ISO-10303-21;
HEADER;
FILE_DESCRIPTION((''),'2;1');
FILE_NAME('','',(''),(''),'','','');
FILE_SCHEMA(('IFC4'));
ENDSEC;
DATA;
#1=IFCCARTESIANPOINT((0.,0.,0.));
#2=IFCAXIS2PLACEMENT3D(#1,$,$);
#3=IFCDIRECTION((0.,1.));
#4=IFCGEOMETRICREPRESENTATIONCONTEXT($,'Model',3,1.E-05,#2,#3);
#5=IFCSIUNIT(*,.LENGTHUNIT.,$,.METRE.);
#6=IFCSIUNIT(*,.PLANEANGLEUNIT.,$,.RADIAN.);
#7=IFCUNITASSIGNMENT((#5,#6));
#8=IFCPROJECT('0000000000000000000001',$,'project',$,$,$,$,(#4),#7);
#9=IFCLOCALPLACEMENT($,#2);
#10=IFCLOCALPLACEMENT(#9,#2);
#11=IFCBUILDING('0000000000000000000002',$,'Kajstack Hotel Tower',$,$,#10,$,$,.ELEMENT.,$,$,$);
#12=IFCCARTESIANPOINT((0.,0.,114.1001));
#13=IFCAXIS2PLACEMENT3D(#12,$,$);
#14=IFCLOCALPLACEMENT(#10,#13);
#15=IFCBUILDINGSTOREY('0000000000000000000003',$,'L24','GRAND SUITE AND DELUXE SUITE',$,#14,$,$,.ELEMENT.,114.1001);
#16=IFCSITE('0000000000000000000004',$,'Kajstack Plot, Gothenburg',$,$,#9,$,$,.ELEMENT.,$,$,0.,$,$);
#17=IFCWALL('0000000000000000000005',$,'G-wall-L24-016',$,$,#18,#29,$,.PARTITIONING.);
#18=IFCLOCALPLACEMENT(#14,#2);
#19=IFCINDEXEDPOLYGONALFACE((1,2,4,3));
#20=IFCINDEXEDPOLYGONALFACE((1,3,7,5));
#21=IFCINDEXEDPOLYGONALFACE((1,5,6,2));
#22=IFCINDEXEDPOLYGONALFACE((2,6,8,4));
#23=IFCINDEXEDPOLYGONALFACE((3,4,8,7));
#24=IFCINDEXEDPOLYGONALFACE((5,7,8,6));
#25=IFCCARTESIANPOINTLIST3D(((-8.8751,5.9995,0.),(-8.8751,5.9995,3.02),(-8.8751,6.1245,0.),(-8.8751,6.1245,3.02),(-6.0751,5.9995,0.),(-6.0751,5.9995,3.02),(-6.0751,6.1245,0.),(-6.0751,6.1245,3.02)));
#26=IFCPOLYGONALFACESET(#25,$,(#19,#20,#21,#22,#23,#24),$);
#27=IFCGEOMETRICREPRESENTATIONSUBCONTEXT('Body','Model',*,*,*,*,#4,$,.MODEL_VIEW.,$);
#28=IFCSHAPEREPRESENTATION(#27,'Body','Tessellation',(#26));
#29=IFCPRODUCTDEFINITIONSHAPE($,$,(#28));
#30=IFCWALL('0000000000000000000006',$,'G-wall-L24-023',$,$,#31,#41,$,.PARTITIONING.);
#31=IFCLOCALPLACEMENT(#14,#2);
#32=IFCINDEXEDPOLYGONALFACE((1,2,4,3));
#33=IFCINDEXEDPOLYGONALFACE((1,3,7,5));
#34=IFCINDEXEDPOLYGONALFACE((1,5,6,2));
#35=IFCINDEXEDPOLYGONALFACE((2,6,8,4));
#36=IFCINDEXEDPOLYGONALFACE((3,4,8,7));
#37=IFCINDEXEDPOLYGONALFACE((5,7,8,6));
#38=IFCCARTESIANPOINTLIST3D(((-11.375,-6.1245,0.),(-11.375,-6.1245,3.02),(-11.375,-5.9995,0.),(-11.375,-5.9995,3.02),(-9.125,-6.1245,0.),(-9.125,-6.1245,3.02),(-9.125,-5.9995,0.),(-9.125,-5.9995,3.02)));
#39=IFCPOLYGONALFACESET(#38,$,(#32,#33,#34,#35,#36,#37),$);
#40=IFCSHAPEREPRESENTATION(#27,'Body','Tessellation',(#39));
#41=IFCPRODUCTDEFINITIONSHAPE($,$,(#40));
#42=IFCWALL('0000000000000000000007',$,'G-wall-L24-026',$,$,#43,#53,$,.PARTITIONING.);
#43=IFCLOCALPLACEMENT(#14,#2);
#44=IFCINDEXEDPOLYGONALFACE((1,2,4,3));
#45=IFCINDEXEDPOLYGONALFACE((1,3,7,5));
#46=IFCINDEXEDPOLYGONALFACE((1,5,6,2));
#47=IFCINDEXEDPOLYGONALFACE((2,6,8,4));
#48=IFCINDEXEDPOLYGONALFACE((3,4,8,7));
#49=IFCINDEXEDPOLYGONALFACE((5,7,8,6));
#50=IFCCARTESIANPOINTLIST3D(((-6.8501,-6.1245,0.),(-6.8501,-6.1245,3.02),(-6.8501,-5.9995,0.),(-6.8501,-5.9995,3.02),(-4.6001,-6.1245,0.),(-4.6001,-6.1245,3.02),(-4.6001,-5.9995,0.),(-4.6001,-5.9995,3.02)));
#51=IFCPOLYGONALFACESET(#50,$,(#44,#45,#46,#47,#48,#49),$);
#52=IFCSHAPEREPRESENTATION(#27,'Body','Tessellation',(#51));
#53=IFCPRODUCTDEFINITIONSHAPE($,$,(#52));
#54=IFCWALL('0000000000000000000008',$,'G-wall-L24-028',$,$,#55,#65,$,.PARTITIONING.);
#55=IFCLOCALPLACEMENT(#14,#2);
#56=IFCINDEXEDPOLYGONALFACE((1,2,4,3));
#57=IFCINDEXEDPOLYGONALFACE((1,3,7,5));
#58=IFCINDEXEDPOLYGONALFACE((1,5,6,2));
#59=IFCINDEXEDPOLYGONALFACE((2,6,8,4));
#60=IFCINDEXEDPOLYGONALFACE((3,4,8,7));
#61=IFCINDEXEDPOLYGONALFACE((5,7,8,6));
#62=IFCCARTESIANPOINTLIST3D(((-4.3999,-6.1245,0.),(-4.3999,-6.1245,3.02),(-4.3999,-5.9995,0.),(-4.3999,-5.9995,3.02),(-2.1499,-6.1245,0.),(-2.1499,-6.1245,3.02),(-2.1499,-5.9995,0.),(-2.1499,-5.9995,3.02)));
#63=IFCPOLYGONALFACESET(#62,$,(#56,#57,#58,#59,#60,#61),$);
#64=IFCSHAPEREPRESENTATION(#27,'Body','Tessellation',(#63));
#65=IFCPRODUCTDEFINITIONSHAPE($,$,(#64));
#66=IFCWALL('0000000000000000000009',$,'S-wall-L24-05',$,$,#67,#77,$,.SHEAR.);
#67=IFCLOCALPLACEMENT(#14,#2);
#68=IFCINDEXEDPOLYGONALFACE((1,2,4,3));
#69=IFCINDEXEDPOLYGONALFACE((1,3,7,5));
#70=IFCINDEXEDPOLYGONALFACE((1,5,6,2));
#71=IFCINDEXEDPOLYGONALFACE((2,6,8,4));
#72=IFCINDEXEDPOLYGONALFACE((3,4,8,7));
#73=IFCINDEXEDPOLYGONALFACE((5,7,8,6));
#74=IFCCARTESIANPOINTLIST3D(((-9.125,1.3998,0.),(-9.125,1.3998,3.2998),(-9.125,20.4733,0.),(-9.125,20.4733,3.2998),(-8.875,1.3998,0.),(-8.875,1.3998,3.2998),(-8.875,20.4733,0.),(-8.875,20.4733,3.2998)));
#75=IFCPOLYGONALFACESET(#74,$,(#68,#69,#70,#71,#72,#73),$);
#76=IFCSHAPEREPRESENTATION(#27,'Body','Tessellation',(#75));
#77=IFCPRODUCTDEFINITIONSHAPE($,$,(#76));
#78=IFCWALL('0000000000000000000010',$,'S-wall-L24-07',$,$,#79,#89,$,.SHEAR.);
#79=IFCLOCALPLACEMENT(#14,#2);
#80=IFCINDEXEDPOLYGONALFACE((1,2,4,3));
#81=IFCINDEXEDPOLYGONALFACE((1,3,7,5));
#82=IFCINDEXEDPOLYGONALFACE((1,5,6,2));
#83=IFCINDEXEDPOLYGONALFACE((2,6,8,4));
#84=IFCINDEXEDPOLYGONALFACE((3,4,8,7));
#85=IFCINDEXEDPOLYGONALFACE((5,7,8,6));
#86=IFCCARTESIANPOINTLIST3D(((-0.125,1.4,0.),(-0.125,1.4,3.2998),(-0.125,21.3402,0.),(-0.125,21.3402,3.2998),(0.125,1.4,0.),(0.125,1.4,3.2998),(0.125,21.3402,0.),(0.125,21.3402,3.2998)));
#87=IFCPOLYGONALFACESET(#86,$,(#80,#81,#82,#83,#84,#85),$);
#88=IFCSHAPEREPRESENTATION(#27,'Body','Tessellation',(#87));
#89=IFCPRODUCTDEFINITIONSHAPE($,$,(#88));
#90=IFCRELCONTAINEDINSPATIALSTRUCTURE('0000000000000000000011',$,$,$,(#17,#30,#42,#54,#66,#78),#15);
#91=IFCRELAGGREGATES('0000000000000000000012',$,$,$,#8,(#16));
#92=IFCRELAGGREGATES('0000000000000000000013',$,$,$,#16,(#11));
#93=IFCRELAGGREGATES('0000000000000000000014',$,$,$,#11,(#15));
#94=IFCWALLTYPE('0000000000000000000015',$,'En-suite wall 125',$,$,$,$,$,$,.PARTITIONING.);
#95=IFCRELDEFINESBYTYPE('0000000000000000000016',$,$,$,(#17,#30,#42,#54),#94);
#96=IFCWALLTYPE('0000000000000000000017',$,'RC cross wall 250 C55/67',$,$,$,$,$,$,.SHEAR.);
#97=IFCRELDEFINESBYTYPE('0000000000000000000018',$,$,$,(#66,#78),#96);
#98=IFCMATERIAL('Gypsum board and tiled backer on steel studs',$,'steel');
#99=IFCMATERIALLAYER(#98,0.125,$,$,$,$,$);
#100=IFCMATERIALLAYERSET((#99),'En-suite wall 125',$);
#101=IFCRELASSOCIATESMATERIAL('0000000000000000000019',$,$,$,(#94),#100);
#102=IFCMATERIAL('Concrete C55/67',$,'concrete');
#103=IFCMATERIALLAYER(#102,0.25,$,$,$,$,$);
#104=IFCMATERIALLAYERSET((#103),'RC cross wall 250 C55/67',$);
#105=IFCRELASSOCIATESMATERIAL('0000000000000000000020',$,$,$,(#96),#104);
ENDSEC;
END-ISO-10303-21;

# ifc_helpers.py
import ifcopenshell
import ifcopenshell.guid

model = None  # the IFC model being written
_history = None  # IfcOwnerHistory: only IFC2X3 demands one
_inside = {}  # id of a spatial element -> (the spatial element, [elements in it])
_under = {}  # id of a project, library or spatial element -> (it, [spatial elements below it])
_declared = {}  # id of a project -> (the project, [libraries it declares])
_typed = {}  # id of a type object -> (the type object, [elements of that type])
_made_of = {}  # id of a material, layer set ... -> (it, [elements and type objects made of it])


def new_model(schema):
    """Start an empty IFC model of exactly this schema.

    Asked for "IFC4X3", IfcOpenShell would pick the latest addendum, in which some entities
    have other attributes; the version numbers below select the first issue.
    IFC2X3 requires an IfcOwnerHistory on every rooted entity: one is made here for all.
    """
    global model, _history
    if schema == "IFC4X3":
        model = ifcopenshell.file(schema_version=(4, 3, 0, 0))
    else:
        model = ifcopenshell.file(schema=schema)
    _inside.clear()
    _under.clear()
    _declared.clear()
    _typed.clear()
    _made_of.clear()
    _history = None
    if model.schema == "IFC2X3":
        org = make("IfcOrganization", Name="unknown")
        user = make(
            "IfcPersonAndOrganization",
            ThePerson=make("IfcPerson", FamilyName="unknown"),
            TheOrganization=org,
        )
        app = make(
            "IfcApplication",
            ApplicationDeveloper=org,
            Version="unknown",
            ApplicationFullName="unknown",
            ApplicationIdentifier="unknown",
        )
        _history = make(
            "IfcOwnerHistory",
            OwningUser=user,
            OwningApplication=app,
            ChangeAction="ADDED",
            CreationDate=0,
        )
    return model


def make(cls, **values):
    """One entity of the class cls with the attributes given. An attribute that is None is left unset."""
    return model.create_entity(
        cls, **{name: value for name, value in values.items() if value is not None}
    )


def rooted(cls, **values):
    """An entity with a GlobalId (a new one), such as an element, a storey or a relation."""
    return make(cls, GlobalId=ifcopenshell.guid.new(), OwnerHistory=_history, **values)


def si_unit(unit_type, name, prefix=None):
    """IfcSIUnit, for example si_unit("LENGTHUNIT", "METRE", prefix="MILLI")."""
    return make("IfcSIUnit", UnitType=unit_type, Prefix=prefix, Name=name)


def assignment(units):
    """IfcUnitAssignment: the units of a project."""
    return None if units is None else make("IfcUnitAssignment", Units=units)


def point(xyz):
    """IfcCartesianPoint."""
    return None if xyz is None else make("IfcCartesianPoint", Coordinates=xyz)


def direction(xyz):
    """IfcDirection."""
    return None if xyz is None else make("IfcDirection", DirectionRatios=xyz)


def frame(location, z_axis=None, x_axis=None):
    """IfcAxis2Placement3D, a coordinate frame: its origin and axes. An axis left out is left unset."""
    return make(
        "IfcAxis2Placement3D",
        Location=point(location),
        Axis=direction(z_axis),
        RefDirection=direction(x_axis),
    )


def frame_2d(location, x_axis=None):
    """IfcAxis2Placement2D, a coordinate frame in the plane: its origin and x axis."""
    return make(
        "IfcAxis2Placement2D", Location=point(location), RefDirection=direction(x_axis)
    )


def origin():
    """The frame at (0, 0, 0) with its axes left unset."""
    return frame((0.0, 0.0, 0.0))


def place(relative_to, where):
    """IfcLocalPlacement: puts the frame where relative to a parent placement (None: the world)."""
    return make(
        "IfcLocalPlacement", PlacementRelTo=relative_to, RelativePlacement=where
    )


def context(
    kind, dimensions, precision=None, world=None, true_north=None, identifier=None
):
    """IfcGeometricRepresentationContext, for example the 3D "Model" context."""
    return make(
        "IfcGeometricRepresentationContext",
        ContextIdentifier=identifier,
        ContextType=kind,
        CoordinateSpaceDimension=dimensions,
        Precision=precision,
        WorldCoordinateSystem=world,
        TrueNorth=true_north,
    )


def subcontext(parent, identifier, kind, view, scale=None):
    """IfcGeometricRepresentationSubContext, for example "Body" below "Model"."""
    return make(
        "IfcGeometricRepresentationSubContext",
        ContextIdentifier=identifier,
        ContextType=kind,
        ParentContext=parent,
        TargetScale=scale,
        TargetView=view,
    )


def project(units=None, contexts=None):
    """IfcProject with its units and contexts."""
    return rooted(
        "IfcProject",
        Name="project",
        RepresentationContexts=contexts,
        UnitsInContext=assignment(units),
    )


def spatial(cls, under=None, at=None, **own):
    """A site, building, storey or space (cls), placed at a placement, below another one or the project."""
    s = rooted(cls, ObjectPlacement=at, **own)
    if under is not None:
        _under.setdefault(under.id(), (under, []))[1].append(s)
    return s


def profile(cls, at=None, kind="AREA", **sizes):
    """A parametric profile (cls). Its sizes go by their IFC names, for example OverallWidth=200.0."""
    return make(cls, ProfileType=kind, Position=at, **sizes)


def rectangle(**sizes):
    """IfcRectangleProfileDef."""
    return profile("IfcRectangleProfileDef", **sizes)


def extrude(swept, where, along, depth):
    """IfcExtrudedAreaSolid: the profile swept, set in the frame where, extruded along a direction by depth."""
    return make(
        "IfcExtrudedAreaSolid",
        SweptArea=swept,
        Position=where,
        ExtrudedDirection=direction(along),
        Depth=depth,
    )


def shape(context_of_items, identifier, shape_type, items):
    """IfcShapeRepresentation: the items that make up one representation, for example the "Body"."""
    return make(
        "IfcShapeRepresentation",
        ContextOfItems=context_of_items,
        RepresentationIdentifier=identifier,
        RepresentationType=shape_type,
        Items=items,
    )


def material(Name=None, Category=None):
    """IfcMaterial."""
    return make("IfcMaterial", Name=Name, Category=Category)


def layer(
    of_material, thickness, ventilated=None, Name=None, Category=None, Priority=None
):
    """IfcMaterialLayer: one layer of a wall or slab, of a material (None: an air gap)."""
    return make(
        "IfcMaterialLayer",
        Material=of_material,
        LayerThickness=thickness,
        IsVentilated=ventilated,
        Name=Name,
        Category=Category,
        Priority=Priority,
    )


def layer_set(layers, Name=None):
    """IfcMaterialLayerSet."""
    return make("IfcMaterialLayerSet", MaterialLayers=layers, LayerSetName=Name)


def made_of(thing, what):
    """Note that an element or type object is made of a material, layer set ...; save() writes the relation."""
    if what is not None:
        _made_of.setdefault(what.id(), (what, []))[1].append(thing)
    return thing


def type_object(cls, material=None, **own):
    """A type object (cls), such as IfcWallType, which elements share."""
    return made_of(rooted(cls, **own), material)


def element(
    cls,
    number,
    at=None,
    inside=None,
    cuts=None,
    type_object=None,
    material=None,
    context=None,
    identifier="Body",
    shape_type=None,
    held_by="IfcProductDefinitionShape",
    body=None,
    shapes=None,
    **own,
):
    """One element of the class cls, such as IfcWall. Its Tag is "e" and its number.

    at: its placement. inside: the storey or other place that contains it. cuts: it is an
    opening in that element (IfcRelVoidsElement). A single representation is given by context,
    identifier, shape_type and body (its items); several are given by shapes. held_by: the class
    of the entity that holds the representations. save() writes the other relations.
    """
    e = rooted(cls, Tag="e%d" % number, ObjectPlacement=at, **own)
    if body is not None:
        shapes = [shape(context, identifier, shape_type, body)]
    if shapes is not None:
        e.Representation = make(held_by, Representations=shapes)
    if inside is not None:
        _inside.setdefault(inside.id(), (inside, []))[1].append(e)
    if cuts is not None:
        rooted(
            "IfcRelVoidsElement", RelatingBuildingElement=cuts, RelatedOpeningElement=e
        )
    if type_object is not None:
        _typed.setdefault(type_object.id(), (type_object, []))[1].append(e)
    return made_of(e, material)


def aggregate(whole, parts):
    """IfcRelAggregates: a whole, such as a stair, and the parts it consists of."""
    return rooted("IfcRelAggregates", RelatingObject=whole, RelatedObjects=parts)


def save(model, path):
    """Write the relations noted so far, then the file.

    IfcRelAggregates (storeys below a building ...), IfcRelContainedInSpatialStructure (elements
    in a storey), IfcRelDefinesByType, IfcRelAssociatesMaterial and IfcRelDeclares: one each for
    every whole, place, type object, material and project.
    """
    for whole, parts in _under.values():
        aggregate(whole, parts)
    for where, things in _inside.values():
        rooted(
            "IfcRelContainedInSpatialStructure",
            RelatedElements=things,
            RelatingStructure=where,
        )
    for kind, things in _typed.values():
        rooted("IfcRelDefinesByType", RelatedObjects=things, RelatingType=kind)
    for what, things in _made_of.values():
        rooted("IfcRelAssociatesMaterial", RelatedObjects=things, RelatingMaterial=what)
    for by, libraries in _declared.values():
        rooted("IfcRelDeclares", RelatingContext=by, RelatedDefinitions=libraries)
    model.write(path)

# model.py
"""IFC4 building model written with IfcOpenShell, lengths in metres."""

from ifc_helpers import new_model, si_unit, direction, frame, frame_2d, origin, place, context, subcontext, project, spatial, rectangle, extrude, material, layer, layer_set, type_object, element, save


model = new_model("IFC4")

# Units and contexts
model_context = context("Model", 3, precision=1e-05, world=origin(), true_north=direction((0.0, 1.0)))
body_context = subcontext(model_context, "Body", "Model", "MODEL_VIEW")
ifc_project = project(units=[si_unit("LENGTHUNIT", "METRE"), si_unit("PLANEANGLEUNIT", "RADIAN")], contexts=[model_context])

# Site, building, storey
site_placement = place(None, origin())
site = spatial("IfcSite", under=ifc_project, at=site_placement, Name="Kajstack Plot, Gothenburg", CompositionType="ELEMENT", RefElevation=0.0)
building_placement = place(site_placement, origin())
building = spatial("IfcBuilding", under=site, at=building_placement, Name="Kajstack Hotel Tower", CompositionType="ELEMENT")
storey_placement = place(building_placement, frame((0.0, 0.0, 114.1001)))
storey = spatial("IfcBuildingStorey", under=building, at=storey_placement, Name="L24", Description="GRAND SUITE AND DELUXE SUITE", CompositionType="ELEMENT", Elevation=114.1001)

# Shared definitions
ifc_material_1 = material(Name="Gypsum board and tiled backer on steel studs", Category="steel")
ifc_layer_1 = layer(ifc_material_1, 0.125)
ifc_layer_set_1 = layer_set([ifc_layer_1], Name="En-suite wall 125")
wall_type_1 = type_object("IfcWallType", Name="En-suite wall 125", PredefinedType="PARTITIONING", material=ifc_layer_set_1)

# Walls
wall_1_placement = place(storey_placement, frame((-8.875, 6.062, 0.0), z_axis=(0.0, 0.0, 1.0), x_axis=(1.0, 0.0, 0.0)))
element("IfcWall", 1, at=wall_1_placement, inside=storey, type_object=wall_type_1, Name="G-wall-L24-016", PredefinedType="PARTITIONING", context=body_context, shape_type="SweptSolid", body=[
    extrude(rectangle(XDim=2.8, YDim=0.125, at=frame_2d((1.3999, 0.0))), origin(), (0.0, 0.0, 1.0), 3.02),
])
for number, where, z_axis, x_axis, name in (
    (2, (-11.375, -6.062, 0.0), (0.0, 0.0, 1.0), (1.0, 0.0, 0.0), "G-wall-L24-023"),
    (3, (-6.8501, -6.062, 0.0), (0.0, 0.0, 1.0), (1.0, 0.0, 0.0), "G-wall-L24-026"),
    (4, (-4.3999, -6.062, 0.0), (0.0, 0.0, 1.0), (1.0, 0.0, 0.0), "G-wall-L24-028"),
):
    element("IfcWall", number, at=place(storey_placement, frame(where, z_axis=z_axis, x_axis=x_axis)), inside=storey, type_object=wall_type_1, Name=name, PredefinedType="PARTITIONING", context=body_context, shape_type="SweptSolid", body=[
        extrude(rectangle(XDim=2.25, YDim=0.125, at=frame_2d((1.125, 0.0))), origin(), (0.0, 0.0, 1.0), 3.02),
    ])
ifc_material_2 = material(Name="Concrete C55/67", Category="concrete")
ifc_layer_2 = layer(ifc_material_2, 0.25)
ifc_layer_set_2 = layer_set([ifc_layer_2], Name="RC cross wall 250 C55/67")
wall_type_2 = type_object("IfcWallType", Name="RC cross wall 250 C55/67", PredefinedType="SHEAR", material=ifc_layer_set_2)
wall_2_placement = place(storey_placement, frame((-9.0, 1.3999, 0.0), z_axis=(0.0, 0.0, 1.0), x_axis=(0.0, 1.0, 0.0)))
element("IfcWall", 5, at=wall_2_placement, inside=storey, type_object=wall_type_2, Name="S-wall-L24-05", PredefinedType="SHEAR", context=body_context, shape_type="SweptSolid", body=[
    extrude(rectangle(XDim=19.0735, YDim=0.25, at=frame_2d((9.5366, 0.0))), origin(), (0.0, 0.0, 1.0), 3.2998),
])
wall_3_placement = place(storey_placement, frame((0.0, 1.3999, 0.0), z_axis=(0.0, 0.0, 1.0), x_axis=(0.0, 1.0, 0.0)))
element("IfcWall", 6, at=wall_3_placement, inside=storey, type_object=wall_type_2, Name="S-wall-L24-07", PredefinedType="SHEAR", context=body_context, shape_type="SweptSolid", body=[
    extrude(rectangle(XDim=19.9402, YDim=0.25, at=frame_2d((9.9702, 0.0))), origin(), (0.0, 0.0, 1.0), 3.2998),
])

save(model, "model.ifc")
